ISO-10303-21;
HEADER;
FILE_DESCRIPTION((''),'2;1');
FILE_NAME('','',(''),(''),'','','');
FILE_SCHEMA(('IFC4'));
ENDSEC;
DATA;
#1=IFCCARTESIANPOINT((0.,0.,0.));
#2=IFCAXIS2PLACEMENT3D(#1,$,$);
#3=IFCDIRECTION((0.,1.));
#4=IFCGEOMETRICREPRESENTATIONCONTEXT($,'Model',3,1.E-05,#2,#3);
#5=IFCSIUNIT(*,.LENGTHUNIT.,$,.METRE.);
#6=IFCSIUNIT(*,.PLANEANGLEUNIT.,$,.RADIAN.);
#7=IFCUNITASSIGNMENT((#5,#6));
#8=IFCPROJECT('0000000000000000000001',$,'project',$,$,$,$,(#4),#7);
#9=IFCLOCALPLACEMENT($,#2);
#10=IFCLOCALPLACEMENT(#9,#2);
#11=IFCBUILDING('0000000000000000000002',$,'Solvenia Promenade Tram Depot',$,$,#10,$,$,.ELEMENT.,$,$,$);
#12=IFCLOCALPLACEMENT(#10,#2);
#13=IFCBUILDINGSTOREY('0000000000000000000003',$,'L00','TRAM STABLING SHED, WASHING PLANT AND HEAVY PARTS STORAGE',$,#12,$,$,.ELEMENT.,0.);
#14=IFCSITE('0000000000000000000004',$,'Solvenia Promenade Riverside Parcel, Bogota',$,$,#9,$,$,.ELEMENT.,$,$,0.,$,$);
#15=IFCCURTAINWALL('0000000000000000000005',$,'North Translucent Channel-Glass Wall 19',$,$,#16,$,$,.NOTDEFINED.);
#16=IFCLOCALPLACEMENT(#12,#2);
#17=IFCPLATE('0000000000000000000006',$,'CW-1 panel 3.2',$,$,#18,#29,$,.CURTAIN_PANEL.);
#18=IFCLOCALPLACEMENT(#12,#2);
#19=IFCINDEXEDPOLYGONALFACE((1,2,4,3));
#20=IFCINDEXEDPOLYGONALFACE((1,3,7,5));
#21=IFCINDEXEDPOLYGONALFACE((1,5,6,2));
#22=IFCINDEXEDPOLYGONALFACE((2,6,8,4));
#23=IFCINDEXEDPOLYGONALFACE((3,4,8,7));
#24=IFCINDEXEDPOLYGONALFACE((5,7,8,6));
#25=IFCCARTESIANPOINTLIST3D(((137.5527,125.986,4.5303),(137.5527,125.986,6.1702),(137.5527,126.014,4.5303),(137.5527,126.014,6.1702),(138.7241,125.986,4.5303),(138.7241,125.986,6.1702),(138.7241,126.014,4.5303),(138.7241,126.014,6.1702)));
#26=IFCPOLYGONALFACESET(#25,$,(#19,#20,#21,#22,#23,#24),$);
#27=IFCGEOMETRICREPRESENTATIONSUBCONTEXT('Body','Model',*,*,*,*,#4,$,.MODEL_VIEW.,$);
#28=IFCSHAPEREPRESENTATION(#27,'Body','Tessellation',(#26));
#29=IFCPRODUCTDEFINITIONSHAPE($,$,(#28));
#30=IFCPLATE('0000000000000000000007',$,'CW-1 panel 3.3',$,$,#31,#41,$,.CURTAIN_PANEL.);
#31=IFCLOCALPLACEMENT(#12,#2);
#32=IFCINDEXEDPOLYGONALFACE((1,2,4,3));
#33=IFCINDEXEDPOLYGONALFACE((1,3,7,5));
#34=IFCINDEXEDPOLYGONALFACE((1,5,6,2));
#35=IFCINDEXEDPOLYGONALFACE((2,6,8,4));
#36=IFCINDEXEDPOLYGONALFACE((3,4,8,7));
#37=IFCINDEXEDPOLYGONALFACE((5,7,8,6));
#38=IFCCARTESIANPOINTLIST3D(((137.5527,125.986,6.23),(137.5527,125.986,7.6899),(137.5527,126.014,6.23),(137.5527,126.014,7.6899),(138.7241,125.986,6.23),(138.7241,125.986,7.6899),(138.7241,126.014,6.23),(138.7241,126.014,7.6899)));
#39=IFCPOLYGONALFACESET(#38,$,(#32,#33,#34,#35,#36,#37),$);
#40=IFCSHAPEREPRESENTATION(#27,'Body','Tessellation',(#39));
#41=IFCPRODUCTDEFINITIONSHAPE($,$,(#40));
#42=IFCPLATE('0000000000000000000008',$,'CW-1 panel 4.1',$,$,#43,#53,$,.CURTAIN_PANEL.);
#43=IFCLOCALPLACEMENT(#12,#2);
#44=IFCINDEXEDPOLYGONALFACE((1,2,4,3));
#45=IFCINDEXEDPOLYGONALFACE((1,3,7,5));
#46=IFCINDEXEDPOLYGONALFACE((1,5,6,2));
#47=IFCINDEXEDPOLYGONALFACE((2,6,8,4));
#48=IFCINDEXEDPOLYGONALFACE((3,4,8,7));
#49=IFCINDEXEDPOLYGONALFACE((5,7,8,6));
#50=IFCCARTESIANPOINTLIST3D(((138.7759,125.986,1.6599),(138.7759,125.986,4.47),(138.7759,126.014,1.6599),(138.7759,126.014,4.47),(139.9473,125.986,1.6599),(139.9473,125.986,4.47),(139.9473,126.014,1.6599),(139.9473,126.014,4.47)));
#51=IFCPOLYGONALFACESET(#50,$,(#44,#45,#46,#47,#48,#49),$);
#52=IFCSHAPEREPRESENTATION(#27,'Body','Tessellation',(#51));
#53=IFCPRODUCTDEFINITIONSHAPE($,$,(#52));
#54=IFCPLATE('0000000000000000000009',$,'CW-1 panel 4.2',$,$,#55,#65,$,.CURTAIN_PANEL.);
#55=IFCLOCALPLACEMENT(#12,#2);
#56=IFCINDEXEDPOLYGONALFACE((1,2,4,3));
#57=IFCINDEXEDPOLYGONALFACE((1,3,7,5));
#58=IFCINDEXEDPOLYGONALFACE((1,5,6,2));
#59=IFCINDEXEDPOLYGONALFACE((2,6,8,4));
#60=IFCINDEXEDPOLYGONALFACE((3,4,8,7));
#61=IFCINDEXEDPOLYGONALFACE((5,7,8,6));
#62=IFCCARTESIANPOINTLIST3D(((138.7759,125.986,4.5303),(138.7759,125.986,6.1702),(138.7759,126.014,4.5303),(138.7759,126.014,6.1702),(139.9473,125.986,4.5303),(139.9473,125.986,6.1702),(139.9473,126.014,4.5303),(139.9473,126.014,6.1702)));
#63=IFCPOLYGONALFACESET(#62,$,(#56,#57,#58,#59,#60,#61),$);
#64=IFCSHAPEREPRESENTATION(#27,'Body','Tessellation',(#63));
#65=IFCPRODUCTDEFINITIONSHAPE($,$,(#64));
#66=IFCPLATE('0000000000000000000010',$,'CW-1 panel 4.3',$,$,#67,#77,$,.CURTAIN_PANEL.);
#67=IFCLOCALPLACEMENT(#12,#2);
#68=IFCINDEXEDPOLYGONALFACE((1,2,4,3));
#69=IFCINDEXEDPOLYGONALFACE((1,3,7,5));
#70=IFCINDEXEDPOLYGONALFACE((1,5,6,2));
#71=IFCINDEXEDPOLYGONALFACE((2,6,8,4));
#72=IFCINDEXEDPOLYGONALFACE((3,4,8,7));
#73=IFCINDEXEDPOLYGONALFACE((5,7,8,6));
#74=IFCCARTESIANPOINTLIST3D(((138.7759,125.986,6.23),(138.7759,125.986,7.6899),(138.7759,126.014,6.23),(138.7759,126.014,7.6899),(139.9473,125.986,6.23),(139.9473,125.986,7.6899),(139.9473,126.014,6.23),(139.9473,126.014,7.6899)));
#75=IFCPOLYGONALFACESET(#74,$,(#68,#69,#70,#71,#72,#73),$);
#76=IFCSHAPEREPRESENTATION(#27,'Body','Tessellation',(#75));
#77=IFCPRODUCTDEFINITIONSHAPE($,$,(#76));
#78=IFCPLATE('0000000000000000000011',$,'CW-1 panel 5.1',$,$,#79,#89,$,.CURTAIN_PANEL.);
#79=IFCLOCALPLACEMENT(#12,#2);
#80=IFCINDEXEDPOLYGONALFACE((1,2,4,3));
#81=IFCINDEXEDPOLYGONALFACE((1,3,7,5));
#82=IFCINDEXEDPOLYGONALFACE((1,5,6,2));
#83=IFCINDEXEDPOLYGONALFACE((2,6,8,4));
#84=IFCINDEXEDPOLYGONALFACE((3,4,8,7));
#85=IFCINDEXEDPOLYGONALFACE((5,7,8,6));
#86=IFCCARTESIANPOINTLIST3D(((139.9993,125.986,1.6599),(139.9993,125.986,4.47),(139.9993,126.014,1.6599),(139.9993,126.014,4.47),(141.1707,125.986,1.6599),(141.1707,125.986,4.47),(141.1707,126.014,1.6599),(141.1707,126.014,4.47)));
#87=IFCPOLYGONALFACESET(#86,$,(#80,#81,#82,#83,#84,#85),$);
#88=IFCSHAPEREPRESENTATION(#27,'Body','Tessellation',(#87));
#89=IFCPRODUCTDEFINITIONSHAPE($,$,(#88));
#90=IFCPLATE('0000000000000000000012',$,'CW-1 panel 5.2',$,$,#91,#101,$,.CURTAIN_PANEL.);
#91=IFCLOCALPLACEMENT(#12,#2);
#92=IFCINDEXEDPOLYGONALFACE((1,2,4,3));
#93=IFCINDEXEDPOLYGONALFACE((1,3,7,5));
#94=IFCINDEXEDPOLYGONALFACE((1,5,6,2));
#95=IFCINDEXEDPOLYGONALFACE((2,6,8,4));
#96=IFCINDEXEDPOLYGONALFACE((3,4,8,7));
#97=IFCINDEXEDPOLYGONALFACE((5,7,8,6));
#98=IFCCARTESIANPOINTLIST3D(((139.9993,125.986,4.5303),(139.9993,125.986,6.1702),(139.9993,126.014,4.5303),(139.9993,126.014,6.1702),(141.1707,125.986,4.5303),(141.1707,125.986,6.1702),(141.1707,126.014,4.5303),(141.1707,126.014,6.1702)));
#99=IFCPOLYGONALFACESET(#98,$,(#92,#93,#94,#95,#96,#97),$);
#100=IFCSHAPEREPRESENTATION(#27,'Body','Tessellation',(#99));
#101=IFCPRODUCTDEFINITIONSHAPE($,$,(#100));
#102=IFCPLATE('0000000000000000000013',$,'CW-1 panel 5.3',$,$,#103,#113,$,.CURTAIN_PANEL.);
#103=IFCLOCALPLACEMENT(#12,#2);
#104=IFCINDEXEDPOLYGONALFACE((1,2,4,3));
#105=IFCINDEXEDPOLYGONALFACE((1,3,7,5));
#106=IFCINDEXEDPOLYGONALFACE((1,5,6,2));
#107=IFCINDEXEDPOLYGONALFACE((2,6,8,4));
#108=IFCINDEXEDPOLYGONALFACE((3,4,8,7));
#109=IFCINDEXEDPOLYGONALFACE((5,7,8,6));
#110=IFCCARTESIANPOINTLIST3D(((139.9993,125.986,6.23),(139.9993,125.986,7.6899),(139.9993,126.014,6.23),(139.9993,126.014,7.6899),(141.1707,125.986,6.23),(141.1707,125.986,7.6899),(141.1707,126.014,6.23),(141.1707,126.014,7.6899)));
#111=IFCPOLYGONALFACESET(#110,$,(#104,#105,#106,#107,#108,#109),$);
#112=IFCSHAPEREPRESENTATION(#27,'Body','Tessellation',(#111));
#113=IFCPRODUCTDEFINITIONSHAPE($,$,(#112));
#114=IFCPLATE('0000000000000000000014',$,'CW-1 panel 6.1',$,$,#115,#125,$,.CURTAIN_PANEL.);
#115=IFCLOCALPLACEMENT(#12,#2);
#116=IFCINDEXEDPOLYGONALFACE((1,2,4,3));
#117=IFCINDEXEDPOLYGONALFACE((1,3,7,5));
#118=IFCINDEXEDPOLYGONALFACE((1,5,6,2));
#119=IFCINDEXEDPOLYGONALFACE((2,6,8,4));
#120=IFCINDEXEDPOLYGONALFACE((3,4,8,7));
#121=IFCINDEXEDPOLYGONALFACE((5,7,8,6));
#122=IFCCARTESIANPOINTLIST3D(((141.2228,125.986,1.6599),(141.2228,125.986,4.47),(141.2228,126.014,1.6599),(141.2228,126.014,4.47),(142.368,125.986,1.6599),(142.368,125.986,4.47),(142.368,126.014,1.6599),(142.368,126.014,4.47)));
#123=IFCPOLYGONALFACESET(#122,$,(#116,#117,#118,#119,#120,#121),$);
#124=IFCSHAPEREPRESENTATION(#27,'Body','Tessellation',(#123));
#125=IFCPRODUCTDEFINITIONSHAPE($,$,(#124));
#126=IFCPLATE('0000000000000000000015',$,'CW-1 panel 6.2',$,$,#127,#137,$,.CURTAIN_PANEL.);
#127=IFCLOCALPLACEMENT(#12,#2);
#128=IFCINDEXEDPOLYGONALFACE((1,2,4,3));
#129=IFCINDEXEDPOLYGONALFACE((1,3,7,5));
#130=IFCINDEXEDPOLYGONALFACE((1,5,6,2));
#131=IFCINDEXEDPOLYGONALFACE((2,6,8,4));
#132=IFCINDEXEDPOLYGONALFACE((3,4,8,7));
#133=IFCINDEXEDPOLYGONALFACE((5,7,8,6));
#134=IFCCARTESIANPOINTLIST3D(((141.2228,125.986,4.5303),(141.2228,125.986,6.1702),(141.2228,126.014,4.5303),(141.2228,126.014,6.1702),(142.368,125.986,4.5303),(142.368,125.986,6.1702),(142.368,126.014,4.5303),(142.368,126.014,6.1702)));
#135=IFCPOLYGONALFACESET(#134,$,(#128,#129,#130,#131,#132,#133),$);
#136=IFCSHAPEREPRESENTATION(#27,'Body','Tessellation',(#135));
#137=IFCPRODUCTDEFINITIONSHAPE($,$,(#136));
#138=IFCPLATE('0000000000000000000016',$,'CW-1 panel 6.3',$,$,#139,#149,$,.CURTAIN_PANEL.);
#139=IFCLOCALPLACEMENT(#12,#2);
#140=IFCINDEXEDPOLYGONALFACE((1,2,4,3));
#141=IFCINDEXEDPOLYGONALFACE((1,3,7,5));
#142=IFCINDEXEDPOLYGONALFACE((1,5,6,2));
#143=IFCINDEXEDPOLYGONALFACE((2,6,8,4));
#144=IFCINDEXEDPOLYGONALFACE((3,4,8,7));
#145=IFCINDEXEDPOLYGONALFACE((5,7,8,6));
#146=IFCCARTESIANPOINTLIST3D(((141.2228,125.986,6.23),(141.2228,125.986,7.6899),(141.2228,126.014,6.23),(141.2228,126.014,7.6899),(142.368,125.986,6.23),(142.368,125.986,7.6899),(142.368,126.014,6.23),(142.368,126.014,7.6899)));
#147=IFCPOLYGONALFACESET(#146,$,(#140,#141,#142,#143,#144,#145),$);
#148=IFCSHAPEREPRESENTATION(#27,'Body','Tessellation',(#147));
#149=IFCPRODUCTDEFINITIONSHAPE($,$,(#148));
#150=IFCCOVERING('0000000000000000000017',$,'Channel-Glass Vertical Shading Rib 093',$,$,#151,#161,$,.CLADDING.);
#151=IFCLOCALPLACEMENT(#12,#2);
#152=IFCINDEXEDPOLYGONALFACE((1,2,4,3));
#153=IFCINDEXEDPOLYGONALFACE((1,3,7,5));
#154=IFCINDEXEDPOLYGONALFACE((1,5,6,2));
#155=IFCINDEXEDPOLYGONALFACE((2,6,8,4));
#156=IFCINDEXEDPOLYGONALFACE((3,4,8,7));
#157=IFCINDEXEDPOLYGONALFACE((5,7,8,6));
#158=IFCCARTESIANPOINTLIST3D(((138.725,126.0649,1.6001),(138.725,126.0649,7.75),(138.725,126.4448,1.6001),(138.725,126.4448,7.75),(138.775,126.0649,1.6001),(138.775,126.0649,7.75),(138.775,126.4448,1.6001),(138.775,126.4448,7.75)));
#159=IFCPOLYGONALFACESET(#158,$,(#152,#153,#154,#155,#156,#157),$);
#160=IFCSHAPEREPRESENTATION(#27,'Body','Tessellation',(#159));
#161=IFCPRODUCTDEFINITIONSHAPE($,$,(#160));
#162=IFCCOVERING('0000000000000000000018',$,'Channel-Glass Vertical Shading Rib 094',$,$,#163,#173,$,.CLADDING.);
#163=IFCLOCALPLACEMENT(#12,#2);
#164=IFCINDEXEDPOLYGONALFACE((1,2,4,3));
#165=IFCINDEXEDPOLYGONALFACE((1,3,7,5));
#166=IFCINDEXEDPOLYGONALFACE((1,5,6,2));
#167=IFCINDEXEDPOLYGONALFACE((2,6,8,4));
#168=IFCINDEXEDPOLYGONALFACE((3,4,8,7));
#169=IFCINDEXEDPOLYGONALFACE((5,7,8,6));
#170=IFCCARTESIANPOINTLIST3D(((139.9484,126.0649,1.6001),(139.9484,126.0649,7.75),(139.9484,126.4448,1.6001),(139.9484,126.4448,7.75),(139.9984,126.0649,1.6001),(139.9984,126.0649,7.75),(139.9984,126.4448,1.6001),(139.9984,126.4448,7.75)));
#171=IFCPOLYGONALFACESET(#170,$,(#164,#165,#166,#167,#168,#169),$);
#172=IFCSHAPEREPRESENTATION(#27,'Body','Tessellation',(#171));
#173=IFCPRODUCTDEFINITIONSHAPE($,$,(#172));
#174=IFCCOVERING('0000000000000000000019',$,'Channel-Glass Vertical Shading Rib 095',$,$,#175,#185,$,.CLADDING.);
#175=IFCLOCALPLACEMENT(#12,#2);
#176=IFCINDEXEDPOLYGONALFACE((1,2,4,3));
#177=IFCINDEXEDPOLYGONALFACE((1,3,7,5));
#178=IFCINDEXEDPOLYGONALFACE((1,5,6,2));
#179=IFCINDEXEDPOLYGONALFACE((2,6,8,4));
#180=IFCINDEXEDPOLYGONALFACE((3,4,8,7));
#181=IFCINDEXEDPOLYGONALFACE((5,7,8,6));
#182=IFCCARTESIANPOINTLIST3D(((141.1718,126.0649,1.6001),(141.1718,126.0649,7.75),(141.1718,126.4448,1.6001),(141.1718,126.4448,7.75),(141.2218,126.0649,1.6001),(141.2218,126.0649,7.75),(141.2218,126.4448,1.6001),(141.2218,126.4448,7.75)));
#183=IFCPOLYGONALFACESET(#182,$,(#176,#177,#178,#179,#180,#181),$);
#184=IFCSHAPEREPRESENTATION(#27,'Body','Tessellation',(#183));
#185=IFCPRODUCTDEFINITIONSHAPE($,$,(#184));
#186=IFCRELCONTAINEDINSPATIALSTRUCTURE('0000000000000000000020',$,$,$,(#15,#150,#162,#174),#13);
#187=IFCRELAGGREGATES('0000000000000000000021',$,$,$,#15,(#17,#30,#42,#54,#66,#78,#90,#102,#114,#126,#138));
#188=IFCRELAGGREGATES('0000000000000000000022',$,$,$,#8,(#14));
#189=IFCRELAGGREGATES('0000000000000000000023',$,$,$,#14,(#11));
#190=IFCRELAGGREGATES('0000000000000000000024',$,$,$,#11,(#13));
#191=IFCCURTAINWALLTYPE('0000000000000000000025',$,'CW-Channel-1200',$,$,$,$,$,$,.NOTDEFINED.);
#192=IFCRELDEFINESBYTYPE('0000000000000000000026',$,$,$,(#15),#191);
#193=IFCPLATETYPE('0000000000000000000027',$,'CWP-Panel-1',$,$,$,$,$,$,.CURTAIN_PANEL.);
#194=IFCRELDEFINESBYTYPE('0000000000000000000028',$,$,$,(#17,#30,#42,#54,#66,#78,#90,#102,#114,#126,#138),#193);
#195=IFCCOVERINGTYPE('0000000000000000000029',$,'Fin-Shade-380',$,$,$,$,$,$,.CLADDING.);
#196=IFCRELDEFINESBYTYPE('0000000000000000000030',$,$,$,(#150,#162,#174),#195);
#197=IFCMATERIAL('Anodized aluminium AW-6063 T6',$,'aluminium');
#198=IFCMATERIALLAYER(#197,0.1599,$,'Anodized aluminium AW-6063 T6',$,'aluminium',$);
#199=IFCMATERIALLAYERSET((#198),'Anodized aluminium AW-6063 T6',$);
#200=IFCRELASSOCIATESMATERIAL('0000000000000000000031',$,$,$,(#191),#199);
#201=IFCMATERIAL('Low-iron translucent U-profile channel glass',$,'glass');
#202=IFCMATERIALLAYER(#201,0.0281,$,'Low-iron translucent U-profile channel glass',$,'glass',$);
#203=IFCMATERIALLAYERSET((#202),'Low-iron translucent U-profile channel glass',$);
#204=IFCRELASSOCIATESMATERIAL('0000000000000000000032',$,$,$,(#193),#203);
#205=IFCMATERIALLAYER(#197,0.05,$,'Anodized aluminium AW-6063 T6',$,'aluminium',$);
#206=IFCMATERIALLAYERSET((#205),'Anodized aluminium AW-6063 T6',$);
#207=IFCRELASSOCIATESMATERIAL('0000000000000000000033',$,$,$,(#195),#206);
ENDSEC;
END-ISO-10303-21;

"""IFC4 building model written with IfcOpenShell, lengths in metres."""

from ifc_helpers import new_model, si_unit, direction, frame, origin, origin_2d, place, context, subcontext, project, spatial, rectangle, extrude, material, layer, layer_set, type_object, element, aggregate, save


model = new_model("IFC4")

# Units and contexts
model_context = context("Model", 3, precision=1e-05, world=origin(), true_north=direction((0.0, 1.0)))
body_context = subcontext(model_context, "Body", "Model", "MODEL_VIEW")
ifc_project = project(units=[si_unit("LENGTHUNIT", "METRE"), si_unit("PLANEANGLEUNIT", "RADIAN")], contexts=[model_context])

# Site, building, storey
site_placement = place(None, origin())
site = spatial("IfcSite", under=ifc_project, at=site_placement, Name="Solvenia Promenade Riverside Parcel, Bogota", CompositionType="ELEMENT", RefElevation=0.0)
building_placement = place(site_placement, origin())
building = spatial("IfcBuilding", under=site, at=building_placement, Name="Solvenia Promenade Tram Depot", CompositionType="ELEMENT")
storey_placement = place(building_placement, origin())
storey = spatial("IfcBuildingStorey", under=building, at=storey_placement, Name="L00", Description="TRAM STABLING SHED, WASHING PLANT AND HEAVY PARTS STORAGE", CompositionType="ELEMENT", Elevation=0.0)

# Curtain wall, plates
ifc_material_1 = material(Name="Anodized aluminium AW-6063 T6", Category="aluminium")
ifc_layer_1 = layer(ifc_material_1, 0.1599, Name="Anodized aluminium AW-6063 T6", Category="aluminium")
ifc_layer_set_1 = layer_set([ifc_layer_1], Name="Anodized aluminium AW-6063 T6")
curtain_wall_type = type_object("IfcCurtainWallType", Name="CW-Channel-1200", PredefinedType="NOTDEFINED", material=ifc_layer_set_1)
curtain_wall_placement = place(storey_placement, origin())
curtain_wall = element("IfcCurtainWall", 1, at=curtain_wall_placement, inside=storey, type_object=curtain_wall_type, Name="North Translucent Channel-Glass Wall 19", PredefinedType="NOTDEFINED")
ifc_material_2 = material(Name="Low-iron translucent U-profile channel glass", Category="glass")
ifc_layer_2 = layer(ifc_material_2, 0.0281, Name="Low-iron translucent U-profile channel glass", Category="glass")
ifc_layer_set_2 = layer_set([ifc_layer_2], Name="Low-iron translucent U-profile channel glass")
plate_type = type_object("IfcPlateType", Name="CWP-Panel-1", PredefinedType="CURTAIN_PANEL", material=ifc_layer_set_2)
plate_1_placement = place(storey_placement, frame((138.1384, 126.0, 4.5303), z_axis=(0.0, 0.0, 1.0), x_axis=(1.0, 0.0, 0.0)))
plate_1 = element("IfcPlate", 2, at=plate_1_placement, type_object=plate_type, Name="CW-1 panel 3.2", PredefinedType="CURTAIN_PANEL", context=body_context, shape_type="SweptSolid", body=[
    extrude(rectangle(XDim=1.1714, YDim=0.0281, at=origin_2d()), origin(), (0.0, 0.0, 1.0), 1.6399),
])
plate_2_placement = place(storey_placement, frame((138.1384, 126.0, 6.23), z_axis=(0.0, 0.0, 1.0), x_axis=(1.0, 0.0, 0.0)))
plate_2 = element("IfcPlate", 3, at=plate_2_placement, type_object=plate_type, Name="CW-1 panel 3.3", PredefinedType="CURTAIN_PANEL", context=body_context, shape_type="SweptSolid", body=[
    extrude(rectangle(XDim=1.1714, YDim=0.0281, at=origin_2d()), origin(), (0.0, 0.0, 1.0), 1.46),
])
plate_3_placement = place(storey_placement, frame((139.3616, 126.0, 1.6599), z_axis=(0.0, 0.0, 1.0), x_axis=(1.0, 0.0, 0.0)))
plate_3 = element("IfcPlate", 4, at=plate_3_placement, type_object=plate_type, Name="CW-1 panel 4.1", PredefinedType="CURTAIN_PANEL", context=body_context, shape_type="SweptSolid", body=[
    extrude(rectangle(XDim=1.1714, YDim=0.0281, at=origin_2d()), origin(), (0.0, 0.0, 1.0), 2.8101),
])
plate_4_placement = place(storey_placement, frame((139.3616, 126.0, 4.5303), z_axis=(0.0, 0.0, 1.0), x_axis=(1.0, 0.0, 0.0)))
plate_4 = element("IfcPlate", 5, at=plate_4_placement, type_object=plate_type, Name="CW-1 panel 4.2", PredefinedType="CURTAIN_PANEL", context=body_context, shape_type="SweptSolid", body=[
    extrude(rectangle(XDim=1.1714, YDim=0.0281, at=origin_2d()), origin(), (0.0, 0.0, 1.0), 1.6399),
])
plate_5_placement = place(storey_placement, frame((139.3616, 126.0, 6.23), z_axis=(0.0, 0.0, 1.0), x_axis=(1.0, 0.0, 0.0)))
plate_5 = element("IfcPlate", 6, at=plate_5_placement, type_object=plate_type, Name="CW-1 panel 4.3", PredefinedType="CURTAIN_PANEL", context=body_context, shape_type="SweptSolid", body=[
    extrude(rectangle(XDim=1.1714, YDim=0.0281, at=origin_2d()), origin(), (0.0, 0.0, 1.0), 1.46),
])
plate_6_placement = place(storey_placement, frame((140.585, 126.0, 1.6599), z_axis=(0.0, 0.0, 1.0), x_axis=(1.0, 0.0, 0.0)))
plate_6 = element("IfcPlate", 7, at=plate_6_placement, type_object=plate_type, Name="CW-1 panel 5.1", PredefinedType="CURTAIN_PANEL", context=body_context, shape_type="SweptSolid", body=[
    extrude(rectangle(XDim=1.1714, YDim=0.0281, at=origin_2d()), origin(), (0.0, 0.0, 1.0), 2.8101),
])
plate_7_placement = place(storey_placement, frame((140.585, 126.0, 4.5303), z_axis=(0.0, 0.0, 1.0), x_axis=(1.0, 0.0, 0.0)))
plate_7 = element("IfcPlate", 8, at=plate_7_placement, type_object=plate_type, Name="CW-1 panel 5.2", PredefinedType="CURTAIN_PANEL", context=body_context, shape_type="SweptSolid", body=[
    extrude(rectangle(XDim=1.1714, YDim=0.0281, at=origin_2d()), origin(), (0.0, 0.0, 1.0), 1.6399),
])
plate_8_placement = place(storey_placement, frame((140.585, 126.0, 6.23), z_axis=(0.0, 0.0, 1.0), x_axis=(1.0, 0.0, 0.0)))
plate_8 = element("IfcPlate", 9, at=plate_8_placement, type_object=plate_type, Name="CW-1 panel 5.3", PredefinedType="CURTAIN_PANEL", context=body_context, shape_type="SweptSolid", body=[
    extrude(rectangle(XDim=1.1714, YDim=0.0281, at=origin_2d()), origin(), (0.0, 0.0, 1.0), 1.46),
])
plate_9_placement = place(storey_placement, frame((141.7954, 126.0, 1.6599), z_axis=(0.0, 0.0, 1.0), x_axis=(1.0, 0.0, 0.0)))
plate_9 = element("IfcPlate", 10, at=plate_9_placement, type_object=plate_type, Name="CW-1 panel 6.1", PredefinedType="CURTAIN_PANEL", context=body_context, shape_type="SweptSolid", body=[
    extrude(rectangle(XDim=1.1453, YDim=0.0281, at=origin_2d()), origin(), (0.0, 0.0, 1.0), 2.8101),
])
plate_10_placement = place(storey_placement, frame((141.7954, 126.0, 4.5303), z_axis=(0.0, 0.0, 1.0), x_axis=(1.0, 0.0, 0.0)))
plate_10 = element("IfcPlate", 11, at=plate_10_placement, type_object=plate_type, Name="CW-1 panel 6.2", PredefinedType="CURTAIN_PANEL", context=body_context, shape_type="SweptSolid", body=[
    extrude(rectangle(XDim=1.1453, YDim=0.0281, at=origin_2d()), origin(), (0.0, 0.0, 1.0), 1.6399),
])
plate_11_placement = place(storey_placement, frame((141.7954, 126.0, 6.23), z_axis=(0.0, 0.0, 1.0), x_axis=(1.0, 0.0, 0.0)))
plate_11 = element("IfcPlate", 12, at=plate_11_placement, type_object=plate_type, Name="CW-1 panel 6.3", PredefinedType="CURTAIN_PANEL", context=body_context, shape_type="SweptSolid", body=[
    extrude(rectangle(XDim=1.1453, YDim=0.0281, at=origin_2d()), origin(), (0.0, 0.0, 1.0), 1.46),
])
aggregate(curtain_wall, [plate_1, plate_2, plate_3, plate_4, plate_5, plate_6, plate_7, plate_8, plate_9, plate_10, plate_11])

# Coverings
ifc_layer_3 = layer(ifc_material_1, 0.05, Name="Anodized aluminium AW-6063 T6", Category="aluminium")
ifc_layer_set_3 = layer_set([ifc_layer_3], Name="Anodized aluminium AW-6063 T6")
covering_type = type_object("IfcCoveringType", Name="Fin-Shade-380", PredefinedType="CLADDING", material=ifc_layer_set_3)
for number, where, z_axis, x_axis, name in (
    (13, (138.75, 126.2549, 1.6001), (0.0, 0.0, 1.0), (1.0, 0.0, 0.0), "Channel-Glass Vertical Shading Rib 093"),
    (14, (139.9734, 126.2549, 1.6001), (0.0, 0.0, 1.0), (1.0, 0.0, 0.0), "Channel-Glass Vertical Shading Rib 094"),
    (15, (141.1968, 126.2549, 1.6001), (0.0, 0.0, 1.0), (1.0, 0.0, 0.0), "Channel-Glass Vertical Shading Rib 095"),
):
    element("IfcCovering", number, at=place(storey_placement, frame(where, z_axis=z_axis, x_axis=x_axis)), inside=storey, type_object=covering_type, Name=name, PredefinedType="CLADDING", context=body_context, shape_type="SweptSolid", body=[
        extrude(rectangle(XDim=0.05, YDim=0.3799, at=origin_2d()), origin(), (0.0, 0.0, 1.0), 6.1499),
    ])

save(model, "model.ifc")
